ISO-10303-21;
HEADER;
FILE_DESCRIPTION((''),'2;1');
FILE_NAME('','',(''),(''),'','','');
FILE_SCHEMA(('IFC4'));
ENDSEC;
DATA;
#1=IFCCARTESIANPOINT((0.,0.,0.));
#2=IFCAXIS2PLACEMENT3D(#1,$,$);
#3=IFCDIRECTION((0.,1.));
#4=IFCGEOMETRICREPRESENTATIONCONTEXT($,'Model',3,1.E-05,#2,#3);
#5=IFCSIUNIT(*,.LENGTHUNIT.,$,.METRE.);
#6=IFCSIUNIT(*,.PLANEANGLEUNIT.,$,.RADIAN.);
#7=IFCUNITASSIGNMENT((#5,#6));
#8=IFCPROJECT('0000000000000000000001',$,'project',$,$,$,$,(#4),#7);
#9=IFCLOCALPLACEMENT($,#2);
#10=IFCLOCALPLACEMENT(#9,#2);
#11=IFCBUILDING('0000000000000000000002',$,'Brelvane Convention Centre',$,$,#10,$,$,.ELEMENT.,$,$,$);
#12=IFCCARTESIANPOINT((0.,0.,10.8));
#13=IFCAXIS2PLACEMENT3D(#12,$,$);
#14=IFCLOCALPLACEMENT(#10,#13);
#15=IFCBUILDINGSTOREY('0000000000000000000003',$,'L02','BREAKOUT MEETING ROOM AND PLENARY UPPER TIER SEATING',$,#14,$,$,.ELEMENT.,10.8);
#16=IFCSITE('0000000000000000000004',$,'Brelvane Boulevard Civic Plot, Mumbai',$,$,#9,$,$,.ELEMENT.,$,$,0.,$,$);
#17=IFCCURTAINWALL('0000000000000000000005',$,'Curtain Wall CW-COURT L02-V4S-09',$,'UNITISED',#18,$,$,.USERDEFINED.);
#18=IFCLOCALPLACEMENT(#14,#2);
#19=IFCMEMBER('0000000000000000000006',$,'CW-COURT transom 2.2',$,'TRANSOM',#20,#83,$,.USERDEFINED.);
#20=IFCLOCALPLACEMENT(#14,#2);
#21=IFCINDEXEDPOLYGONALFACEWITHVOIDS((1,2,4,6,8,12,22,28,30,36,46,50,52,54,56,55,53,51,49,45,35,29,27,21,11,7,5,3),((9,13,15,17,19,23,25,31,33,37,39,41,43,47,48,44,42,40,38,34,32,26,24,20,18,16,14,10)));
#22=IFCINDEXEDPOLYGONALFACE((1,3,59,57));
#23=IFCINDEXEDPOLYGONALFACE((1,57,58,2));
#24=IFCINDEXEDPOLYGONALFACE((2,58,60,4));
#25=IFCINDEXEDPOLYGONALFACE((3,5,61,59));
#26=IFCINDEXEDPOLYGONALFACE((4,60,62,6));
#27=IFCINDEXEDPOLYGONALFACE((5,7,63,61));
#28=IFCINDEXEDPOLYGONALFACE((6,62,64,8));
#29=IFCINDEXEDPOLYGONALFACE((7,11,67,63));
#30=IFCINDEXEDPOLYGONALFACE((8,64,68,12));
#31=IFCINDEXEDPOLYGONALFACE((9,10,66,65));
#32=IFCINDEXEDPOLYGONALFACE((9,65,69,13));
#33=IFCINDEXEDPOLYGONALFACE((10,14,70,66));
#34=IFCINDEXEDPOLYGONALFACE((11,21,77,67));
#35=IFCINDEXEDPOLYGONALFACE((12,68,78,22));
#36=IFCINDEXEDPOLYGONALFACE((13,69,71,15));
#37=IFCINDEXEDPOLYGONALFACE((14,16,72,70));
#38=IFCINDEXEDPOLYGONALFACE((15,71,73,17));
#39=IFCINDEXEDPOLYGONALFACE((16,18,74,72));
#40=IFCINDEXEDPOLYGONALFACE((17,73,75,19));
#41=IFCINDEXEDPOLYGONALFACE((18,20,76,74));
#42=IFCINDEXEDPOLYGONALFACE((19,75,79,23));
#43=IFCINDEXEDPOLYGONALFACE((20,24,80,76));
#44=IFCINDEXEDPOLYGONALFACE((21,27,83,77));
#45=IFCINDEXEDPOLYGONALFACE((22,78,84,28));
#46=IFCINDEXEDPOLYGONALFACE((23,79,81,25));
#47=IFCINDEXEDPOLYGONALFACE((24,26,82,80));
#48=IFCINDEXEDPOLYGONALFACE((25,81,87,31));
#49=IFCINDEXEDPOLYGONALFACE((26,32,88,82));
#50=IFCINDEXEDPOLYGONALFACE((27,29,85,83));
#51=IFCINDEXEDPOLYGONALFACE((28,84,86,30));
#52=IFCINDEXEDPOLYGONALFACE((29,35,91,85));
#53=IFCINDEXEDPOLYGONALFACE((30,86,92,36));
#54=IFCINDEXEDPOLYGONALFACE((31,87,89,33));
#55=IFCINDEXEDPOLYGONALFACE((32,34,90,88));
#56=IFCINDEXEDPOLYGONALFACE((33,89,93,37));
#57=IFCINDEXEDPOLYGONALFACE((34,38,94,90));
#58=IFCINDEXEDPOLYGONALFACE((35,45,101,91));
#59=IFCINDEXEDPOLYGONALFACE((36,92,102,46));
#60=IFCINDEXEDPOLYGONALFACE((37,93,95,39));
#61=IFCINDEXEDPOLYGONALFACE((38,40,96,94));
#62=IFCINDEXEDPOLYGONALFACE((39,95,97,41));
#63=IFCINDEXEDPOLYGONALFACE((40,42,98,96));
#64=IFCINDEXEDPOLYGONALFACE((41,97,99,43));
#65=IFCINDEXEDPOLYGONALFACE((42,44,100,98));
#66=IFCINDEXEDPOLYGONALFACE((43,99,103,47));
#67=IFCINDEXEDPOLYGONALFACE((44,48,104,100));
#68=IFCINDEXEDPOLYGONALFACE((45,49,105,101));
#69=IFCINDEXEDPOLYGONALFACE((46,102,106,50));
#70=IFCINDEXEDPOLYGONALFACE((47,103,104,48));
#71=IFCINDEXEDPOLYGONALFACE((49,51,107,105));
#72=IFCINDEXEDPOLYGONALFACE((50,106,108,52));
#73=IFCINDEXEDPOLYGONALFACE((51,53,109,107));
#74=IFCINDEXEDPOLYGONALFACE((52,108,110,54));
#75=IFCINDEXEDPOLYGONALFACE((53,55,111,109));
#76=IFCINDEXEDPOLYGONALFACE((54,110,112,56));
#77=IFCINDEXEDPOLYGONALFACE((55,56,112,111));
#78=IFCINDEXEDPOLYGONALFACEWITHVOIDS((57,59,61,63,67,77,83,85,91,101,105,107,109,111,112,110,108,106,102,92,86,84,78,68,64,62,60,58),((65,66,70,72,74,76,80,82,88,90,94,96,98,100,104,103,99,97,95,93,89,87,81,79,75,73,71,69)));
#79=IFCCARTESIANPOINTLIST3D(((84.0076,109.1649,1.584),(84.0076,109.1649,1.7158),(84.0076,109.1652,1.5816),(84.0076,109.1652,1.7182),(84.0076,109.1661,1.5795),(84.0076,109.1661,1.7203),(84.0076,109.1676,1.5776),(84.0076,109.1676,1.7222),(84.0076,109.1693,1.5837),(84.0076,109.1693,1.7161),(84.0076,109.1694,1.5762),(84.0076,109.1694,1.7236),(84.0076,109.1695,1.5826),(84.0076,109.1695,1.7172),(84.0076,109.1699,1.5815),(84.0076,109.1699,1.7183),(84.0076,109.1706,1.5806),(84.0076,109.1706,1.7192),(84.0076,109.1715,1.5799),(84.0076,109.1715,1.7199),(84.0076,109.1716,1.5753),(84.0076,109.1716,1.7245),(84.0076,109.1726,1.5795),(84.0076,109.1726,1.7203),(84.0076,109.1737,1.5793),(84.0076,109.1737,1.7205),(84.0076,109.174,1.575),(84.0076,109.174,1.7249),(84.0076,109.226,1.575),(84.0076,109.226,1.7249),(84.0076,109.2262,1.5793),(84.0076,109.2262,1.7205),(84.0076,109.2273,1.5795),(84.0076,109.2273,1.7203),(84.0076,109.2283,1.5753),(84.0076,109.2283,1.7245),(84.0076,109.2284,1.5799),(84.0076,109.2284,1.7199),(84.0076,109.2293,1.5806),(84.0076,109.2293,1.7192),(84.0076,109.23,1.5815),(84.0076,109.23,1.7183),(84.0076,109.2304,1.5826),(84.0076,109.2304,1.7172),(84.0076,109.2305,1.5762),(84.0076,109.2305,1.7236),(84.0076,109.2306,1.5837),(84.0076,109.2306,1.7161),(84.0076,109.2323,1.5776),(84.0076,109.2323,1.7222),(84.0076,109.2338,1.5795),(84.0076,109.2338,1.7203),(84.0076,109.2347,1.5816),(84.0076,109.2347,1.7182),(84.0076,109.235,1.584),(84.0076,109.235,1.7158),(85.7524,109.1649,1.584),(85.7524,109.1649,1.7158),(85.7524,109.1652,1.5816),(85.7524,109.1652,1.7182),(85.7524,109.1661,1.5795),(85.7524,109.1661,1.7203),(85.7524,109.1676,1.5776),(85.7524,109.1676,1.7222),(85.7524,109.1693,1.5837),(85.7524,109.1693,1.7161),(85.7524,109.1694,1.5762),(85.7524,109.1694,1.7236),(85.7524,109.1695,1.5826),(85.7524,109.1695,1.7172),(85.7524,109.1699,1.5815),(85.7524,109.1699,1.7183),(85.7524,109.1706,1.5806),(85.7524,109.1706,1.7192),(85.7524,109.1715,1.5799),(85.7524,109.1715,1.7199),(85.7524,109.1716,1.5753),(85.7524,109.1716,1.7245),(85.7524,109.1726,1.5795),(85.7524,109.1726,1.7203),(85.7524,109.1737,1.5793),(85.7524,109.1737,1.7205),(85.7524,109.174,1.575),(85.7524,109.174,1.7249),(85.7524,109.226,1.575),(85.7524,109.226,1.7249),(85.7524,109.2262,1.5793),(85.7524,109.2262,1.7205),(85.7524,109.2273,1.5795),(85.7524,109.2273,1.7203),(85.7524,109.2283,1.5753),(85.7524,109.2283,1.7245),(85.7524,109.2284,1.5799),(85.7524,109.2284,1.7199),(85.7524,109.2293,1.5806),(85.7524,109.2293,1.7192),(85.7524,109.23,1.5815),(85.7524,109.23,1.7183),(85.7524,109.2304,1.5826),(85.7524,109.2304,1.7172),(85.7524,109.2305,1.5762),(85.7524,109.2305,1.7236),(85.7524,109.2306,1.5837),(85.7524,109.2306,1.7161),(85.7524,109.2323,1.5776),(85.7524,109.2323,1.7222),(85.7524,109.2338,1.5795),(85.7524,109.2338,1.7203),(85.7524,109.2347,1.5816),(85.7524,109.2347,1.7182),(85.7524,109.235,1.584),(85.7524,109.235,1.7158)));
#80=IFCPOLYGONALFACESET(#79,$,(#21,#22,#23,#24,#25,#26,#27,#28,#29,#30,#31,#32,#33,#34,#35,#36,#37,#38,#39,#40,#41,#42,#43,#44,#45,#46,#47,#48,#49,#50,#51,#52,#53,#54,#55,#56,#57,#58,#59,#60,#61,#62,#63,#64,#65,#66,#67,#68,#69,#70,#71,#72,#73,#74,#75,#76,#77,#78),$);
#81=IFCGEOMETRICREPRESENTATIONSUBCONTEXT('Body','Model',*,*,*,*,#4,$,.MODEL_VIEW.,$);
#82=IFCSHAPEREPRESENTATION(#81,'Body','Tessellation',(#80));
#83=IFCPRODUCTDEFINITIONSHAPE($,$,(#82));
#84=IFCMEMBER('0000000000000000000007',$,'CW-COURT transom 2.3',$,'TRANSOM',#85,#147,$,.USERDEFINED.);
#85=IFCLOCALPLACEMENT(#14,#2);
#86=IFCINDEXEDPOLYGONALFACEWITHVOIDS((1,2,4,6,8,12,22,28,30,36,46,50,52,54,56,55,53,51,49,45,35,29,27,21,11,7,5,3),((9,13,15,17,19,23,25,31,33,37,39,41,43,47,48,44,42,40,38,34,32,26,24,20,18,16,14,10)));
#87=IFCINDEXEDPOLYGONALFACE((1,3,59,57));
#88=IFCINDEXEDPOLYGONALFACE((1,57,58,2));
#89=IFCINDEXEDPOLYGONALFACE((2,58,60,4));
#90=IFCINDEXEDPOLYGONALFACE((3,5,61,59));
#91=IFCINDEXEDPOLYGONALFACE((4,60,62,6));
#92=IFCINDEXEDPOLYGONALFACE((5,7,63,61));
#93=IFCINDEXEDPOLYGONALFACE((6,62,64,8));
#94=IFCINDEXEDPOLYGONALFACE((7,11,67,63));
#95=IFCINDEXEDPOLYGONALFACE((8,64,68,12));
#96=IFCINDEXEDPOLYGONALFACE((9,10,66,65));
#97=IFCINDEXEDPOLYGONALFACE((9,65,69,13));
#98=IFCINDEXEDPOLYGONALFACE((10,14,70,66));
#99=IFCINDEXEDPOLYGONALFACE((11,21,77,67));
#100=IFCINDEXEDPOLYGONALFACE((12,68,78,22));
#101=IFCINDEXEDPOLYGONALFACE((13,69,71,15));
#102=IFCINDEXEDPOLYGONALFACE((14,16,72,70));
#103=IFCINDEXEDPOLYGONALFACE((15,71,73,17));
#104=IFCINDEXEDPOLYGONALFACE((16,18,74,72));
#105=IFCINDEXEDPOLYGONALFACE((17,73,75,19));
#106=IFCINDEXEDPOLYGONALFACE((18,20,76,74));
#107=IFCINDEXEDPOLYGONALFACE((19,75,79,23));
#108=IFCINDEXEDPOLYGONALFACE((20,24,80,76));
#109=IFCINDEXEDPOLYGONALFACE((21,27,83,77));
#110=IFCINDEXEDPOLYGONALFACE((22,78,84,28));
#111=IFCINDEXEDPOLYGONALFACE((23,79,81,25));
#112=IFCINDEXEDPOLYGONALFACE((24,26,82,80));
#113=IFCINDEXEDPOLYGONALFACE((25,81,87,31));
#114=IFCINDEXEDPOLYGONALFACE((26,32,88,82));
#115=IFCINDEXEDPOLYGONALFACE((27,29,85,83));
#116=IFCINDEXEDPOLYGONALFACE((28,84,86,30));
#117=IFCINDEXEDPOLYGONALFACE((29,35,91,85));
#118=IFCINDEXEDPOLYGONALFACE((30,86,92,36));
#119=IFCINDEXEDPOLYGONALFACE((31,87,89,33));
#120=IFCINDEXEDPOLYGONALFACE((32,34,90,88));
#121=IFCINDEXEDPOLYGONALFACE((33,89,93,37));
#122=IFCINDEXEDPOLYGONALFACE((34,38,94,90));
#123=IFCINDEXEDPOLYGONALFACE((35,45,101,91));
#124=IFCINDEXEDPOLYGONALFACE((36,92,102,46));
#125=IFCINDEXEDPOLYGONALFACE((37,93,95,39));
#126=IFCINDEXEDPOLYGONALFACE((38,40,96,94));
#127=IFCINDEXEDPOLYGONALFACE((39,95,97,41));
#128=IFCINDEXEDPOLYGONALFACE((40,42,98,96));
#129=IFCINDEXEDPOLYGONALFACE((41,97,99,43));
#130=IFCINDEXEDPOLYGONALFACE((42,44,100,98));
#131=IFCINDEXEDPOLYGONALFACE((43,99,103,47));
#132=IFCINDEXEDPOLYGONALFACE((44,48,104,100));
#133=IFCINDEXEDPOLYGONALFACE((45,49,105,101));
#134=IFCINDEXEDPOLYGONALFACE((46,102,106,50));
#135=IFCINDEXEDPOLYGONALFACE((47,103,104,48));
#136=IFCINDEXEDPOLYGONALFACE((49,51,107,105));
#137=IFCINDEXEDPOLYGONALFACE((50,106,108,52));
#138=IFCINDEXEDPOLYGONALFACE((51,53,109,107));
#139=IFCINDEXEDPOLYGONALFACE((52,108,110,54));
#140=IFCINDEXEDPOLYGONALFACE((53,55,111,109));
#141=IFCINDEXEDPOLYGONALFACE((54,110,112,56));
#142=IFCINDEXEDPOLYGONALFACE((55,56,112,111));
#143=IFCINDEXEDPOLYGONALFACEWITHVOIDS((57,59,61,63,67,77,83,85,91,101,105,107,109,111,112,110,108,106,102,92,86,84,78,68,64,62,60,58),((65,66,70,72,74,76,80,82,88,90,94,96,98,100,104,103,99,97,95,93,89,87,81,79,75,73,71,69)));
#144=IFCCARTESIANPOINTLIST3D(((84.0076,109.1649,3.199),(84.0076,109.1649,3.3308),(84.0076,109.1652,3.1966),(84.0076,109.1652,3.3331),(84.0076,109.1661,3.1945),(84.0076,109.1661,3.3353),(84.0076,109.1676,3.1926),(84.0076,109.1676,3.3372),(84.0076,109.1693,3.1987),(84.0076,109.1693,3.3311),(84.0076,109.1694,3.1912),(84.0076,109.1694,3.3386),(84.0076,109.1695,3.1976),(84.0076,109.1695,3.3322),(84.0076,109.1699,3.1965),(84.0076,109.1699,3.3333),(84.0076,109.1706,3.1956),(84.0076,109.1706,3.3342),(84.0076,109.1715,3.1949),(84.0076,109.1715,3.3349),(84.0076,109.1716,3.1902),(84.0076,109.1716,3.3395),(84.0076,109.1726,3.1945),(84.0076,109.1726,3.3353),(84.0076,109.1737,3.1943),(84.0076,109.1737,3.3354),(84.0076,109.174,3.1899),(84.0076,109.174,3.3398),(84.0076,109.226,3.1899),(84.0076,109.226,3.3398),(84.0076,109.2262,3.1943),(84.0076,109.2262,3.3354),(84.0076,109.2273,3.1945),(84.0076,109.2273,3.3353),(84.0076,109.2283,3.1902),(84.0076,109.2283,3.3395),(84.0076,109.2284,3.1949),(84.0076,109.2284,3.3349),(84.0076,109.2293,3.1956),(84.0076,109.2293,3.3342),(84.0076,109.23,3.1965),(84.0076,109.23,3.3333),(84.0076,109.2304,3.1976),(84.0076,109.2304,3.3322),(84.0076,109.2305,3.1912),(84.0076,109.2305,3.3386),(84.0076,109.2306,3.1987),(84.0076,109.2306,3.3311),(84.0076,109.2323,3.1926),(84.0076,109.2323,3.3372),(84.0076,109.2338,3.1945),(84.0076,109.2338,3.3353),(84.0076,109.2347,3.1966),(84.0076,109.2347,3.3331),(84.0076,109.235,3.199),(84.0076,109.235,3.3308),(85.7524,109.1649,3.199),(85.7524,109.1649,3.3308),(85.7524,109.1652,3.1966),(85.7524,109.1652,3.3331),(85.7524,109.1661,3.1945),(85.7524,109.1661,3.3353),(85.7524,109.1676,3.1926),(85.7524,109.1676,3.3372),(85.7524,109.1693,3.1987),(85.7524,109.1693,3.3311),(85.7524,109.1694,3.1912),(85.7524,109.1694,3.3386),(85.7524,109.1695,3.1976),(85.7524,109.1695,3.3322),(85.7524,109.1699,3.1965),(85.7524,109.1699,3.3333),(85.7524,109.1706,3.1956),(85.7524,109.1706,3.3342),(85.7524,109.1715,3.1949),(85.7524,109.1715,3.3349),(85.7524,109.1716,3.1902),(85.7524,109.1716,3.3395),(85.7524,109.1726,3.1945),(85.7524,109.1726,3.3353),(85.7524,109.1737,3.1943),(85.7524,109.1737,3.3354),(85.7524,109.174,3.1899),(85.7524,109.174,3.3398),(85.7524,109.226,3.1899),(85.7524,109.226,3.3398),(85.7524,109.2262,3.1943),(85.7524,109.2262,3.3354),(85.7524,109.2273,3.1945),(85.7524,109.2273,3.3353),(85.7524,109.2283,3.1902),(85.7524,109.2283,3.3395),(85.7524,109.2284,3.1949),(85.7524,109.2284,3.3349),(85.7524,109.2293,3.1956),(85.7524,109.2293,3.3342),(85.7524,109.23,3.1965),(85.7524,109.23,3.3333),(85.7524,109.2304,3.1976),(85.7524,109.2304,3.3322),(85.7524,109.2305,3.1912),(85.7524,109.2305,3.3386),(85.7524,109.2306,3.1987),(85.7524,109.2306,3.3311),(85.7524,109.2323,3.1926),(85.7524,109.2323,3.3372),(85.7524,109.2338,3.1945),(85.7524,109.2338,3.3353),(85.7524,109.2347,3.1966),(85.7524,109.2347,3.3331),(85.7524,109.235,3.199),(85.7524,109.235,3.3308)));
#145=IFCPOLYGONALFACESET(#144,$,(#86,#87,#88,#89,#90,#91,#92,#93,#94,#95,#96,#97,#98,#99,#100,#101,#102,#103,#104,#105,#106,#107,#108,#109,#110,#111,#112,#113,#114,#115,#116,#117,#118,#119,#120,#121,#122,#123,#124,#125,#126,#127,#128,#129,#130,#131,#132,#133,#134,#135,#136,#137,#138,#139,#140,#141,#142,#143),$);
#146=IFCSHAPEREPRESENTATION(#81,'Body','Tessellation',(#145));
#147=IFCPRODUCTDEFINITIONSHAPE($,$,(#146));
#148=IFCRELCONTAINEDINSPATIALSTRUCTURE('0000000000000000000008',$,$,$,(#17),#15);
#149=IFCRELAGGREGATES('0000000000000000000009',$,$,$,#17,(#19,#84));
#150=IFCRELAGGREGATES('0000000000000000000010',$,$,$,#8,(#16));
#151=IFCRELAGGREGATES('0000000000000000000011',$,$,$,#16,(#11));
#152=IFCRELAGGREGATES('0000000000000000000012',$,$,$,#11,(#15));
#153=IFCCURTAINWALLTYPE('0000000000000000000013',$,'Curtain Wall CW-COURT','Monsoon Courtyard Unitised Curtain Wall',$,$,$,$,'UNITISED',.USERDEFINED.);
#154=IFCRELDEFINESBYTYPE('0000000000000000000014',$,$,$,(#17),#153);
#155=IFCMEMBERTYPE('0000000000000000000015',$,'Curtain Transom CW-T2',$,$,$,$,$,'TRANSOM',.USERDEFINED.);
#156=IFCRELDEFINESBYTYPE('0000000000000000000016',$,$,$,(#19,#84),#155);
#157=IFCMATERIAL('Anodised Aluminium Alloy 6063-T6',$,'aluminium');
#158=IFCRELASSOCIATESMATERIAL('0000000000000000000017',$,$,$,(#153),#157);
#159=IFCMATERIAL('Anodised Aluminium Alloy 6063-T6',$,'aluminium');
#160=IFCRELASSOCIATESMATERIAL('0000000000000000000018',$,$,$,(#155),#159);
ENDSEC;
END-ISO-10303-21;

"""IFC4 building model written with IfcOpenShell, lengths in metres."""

from ifc_helpers import new_model, si_unit, direction, frame, origin, origin_2d, place, context, subcontext, project, spatial, hollow_rectangle, extrude, material, material_profile, profile_set, type_object, element, aggregate, save


model = new_model("IFC4")

# Units and contexts
model_context = context("Model", 3, precision=1e-05, world=origin(), true_north=direction((0.0, 1.0)))
body_context = subcontext(model_context, "Body", "Model", "MODEL_VIEW")
ifc_project = project(units=[si_unit("LENGTHUNIT", "METRE"), si_unit("PLANEANGLEUNIT", "RADIAN")], contexts=[model_context])

# Site, building, storey
site_placement = place(None, origin())
site = spatial("IfcSite", under=ifc_project, at=site_placement, Name="Brelvane Boulevard Civic Plot, Mumbai", CompositionType="ELEMENT", RefElevation=0.0)
building_placement = place(site_placement, origin())
building = spatial("IfcBuilding", under=site, at=building_placement, Name="Brelvane Convention Centre", CompositionType="ELEMENT")
storey_placement = place(building_placement, frame((0.0, 0.0, 10.8)))
storey = spatial("IfcBuildingStorey", under=building, at=storey_placement, Name="L02", Description="BREAKOUT MEETING ROOM AND PLENARY UPPER TIER SEATING", CompositionType="ELEMENT", Elevation=10.8)

# Curtain wall, members
ifc_material_1 = material(Name="Anodised Aluminium Alloy 6063-T6", Category="aluminium")
curtain_wall_type = type_object("IfcCurtainWallType", Name="Curtain Wall CW-COURT", Description="Monsoon Courtyard Unitised Curtain Wall", ElementType="UNITISED", PredefinedType="USERDEFINED", material=ifc_material_1)
curtain_wall_placement = place(storey_placement, origin())
curtain_wall = element("IfcCurtainWall", 1, at=curtain_wall_placement, inside=storey, type_object=curtain_wall_type, Name="Curtain Wall CW-COURT L02-V4S-09", ObjectType="UNITISED", PredefinedType="USERDEFINED")
ifc_material_2 = material(Name="Anodised Aluminium Alloy 6063-T6", Category="aluminium")
ifc_material_profile_1 = material_profile(ifc_material_2, hollow_rectangle(XDim=0.0701, YDim=0.1499, WallThickness=0.0044, InnerFilletRadius=0.0044, OuterFilletRadius=0.009, at=origin_2d()), Name="ALU-T 150x70x4.5")
ifc_profile_set_1 = profile_set([ifc_material_profile_1], Name="Anodised Aluminium Alloy 6063-T6")
member_type_1 = type_object("IfcMemberType", Name="Curtain Transom CW-T2", ElementType="TRANSOM", PredefinedType="USERDEFINED", material=ifc_profile_set_1)
member_1_placement = place(storey_placement, frame((84.0076, 109.2, 1.6499), z_axis=(1.0, 0.0, 0.0), x_axis=(0.0, 1.0, 0.0)))
member_1 = element("IfcMember", 2, at=member_1_placement, type_object=member_type_1, Name="CW-COURT transom 2.2", ObjectType="TRANSOM", PredefinedType="USERDEFINED", context=body_context, shape_type="SweptSolid", body=[
    extrude(hollow_rectangle(XDim=0.0701, YDim=0.1499, WallThickness=0.0044, InnerFilletRadius=0.0044, OuterFilletRadius=0.009, at=origin_2d()), origin(), (0.0, 0.0, 1.0), 1.7449),
])
member_2_placement = place(storey_placement, frame((84.0076, 109.2, 3.2649), z_axis=(1.0, 0.0, 0.0), x_axis=(0.0, 1.0, 0.0)))
member_2 = element("IfcMember", 3, at=member_2_placement, type_object=member_type_1, Name="CW-COURT transom 2.3", ObjectType="TRANSOM", PredefinedType="USERDEFINED", context=body_context, shape_type="SweptSolid", body=[
    extrude(hollow_rectangle(XDim=0.0701, YDim=0.1499, WallThickness=0.0044, InnerFilletRadius=0.0044, OuterFilletRadius=0.009, at=origin_2d()), origin(), (0.0, 0.0, 1.0), 1.7449),
])

aggregate(curtain_wall, [member_1, member_2])

save(model, "model.ifc")
